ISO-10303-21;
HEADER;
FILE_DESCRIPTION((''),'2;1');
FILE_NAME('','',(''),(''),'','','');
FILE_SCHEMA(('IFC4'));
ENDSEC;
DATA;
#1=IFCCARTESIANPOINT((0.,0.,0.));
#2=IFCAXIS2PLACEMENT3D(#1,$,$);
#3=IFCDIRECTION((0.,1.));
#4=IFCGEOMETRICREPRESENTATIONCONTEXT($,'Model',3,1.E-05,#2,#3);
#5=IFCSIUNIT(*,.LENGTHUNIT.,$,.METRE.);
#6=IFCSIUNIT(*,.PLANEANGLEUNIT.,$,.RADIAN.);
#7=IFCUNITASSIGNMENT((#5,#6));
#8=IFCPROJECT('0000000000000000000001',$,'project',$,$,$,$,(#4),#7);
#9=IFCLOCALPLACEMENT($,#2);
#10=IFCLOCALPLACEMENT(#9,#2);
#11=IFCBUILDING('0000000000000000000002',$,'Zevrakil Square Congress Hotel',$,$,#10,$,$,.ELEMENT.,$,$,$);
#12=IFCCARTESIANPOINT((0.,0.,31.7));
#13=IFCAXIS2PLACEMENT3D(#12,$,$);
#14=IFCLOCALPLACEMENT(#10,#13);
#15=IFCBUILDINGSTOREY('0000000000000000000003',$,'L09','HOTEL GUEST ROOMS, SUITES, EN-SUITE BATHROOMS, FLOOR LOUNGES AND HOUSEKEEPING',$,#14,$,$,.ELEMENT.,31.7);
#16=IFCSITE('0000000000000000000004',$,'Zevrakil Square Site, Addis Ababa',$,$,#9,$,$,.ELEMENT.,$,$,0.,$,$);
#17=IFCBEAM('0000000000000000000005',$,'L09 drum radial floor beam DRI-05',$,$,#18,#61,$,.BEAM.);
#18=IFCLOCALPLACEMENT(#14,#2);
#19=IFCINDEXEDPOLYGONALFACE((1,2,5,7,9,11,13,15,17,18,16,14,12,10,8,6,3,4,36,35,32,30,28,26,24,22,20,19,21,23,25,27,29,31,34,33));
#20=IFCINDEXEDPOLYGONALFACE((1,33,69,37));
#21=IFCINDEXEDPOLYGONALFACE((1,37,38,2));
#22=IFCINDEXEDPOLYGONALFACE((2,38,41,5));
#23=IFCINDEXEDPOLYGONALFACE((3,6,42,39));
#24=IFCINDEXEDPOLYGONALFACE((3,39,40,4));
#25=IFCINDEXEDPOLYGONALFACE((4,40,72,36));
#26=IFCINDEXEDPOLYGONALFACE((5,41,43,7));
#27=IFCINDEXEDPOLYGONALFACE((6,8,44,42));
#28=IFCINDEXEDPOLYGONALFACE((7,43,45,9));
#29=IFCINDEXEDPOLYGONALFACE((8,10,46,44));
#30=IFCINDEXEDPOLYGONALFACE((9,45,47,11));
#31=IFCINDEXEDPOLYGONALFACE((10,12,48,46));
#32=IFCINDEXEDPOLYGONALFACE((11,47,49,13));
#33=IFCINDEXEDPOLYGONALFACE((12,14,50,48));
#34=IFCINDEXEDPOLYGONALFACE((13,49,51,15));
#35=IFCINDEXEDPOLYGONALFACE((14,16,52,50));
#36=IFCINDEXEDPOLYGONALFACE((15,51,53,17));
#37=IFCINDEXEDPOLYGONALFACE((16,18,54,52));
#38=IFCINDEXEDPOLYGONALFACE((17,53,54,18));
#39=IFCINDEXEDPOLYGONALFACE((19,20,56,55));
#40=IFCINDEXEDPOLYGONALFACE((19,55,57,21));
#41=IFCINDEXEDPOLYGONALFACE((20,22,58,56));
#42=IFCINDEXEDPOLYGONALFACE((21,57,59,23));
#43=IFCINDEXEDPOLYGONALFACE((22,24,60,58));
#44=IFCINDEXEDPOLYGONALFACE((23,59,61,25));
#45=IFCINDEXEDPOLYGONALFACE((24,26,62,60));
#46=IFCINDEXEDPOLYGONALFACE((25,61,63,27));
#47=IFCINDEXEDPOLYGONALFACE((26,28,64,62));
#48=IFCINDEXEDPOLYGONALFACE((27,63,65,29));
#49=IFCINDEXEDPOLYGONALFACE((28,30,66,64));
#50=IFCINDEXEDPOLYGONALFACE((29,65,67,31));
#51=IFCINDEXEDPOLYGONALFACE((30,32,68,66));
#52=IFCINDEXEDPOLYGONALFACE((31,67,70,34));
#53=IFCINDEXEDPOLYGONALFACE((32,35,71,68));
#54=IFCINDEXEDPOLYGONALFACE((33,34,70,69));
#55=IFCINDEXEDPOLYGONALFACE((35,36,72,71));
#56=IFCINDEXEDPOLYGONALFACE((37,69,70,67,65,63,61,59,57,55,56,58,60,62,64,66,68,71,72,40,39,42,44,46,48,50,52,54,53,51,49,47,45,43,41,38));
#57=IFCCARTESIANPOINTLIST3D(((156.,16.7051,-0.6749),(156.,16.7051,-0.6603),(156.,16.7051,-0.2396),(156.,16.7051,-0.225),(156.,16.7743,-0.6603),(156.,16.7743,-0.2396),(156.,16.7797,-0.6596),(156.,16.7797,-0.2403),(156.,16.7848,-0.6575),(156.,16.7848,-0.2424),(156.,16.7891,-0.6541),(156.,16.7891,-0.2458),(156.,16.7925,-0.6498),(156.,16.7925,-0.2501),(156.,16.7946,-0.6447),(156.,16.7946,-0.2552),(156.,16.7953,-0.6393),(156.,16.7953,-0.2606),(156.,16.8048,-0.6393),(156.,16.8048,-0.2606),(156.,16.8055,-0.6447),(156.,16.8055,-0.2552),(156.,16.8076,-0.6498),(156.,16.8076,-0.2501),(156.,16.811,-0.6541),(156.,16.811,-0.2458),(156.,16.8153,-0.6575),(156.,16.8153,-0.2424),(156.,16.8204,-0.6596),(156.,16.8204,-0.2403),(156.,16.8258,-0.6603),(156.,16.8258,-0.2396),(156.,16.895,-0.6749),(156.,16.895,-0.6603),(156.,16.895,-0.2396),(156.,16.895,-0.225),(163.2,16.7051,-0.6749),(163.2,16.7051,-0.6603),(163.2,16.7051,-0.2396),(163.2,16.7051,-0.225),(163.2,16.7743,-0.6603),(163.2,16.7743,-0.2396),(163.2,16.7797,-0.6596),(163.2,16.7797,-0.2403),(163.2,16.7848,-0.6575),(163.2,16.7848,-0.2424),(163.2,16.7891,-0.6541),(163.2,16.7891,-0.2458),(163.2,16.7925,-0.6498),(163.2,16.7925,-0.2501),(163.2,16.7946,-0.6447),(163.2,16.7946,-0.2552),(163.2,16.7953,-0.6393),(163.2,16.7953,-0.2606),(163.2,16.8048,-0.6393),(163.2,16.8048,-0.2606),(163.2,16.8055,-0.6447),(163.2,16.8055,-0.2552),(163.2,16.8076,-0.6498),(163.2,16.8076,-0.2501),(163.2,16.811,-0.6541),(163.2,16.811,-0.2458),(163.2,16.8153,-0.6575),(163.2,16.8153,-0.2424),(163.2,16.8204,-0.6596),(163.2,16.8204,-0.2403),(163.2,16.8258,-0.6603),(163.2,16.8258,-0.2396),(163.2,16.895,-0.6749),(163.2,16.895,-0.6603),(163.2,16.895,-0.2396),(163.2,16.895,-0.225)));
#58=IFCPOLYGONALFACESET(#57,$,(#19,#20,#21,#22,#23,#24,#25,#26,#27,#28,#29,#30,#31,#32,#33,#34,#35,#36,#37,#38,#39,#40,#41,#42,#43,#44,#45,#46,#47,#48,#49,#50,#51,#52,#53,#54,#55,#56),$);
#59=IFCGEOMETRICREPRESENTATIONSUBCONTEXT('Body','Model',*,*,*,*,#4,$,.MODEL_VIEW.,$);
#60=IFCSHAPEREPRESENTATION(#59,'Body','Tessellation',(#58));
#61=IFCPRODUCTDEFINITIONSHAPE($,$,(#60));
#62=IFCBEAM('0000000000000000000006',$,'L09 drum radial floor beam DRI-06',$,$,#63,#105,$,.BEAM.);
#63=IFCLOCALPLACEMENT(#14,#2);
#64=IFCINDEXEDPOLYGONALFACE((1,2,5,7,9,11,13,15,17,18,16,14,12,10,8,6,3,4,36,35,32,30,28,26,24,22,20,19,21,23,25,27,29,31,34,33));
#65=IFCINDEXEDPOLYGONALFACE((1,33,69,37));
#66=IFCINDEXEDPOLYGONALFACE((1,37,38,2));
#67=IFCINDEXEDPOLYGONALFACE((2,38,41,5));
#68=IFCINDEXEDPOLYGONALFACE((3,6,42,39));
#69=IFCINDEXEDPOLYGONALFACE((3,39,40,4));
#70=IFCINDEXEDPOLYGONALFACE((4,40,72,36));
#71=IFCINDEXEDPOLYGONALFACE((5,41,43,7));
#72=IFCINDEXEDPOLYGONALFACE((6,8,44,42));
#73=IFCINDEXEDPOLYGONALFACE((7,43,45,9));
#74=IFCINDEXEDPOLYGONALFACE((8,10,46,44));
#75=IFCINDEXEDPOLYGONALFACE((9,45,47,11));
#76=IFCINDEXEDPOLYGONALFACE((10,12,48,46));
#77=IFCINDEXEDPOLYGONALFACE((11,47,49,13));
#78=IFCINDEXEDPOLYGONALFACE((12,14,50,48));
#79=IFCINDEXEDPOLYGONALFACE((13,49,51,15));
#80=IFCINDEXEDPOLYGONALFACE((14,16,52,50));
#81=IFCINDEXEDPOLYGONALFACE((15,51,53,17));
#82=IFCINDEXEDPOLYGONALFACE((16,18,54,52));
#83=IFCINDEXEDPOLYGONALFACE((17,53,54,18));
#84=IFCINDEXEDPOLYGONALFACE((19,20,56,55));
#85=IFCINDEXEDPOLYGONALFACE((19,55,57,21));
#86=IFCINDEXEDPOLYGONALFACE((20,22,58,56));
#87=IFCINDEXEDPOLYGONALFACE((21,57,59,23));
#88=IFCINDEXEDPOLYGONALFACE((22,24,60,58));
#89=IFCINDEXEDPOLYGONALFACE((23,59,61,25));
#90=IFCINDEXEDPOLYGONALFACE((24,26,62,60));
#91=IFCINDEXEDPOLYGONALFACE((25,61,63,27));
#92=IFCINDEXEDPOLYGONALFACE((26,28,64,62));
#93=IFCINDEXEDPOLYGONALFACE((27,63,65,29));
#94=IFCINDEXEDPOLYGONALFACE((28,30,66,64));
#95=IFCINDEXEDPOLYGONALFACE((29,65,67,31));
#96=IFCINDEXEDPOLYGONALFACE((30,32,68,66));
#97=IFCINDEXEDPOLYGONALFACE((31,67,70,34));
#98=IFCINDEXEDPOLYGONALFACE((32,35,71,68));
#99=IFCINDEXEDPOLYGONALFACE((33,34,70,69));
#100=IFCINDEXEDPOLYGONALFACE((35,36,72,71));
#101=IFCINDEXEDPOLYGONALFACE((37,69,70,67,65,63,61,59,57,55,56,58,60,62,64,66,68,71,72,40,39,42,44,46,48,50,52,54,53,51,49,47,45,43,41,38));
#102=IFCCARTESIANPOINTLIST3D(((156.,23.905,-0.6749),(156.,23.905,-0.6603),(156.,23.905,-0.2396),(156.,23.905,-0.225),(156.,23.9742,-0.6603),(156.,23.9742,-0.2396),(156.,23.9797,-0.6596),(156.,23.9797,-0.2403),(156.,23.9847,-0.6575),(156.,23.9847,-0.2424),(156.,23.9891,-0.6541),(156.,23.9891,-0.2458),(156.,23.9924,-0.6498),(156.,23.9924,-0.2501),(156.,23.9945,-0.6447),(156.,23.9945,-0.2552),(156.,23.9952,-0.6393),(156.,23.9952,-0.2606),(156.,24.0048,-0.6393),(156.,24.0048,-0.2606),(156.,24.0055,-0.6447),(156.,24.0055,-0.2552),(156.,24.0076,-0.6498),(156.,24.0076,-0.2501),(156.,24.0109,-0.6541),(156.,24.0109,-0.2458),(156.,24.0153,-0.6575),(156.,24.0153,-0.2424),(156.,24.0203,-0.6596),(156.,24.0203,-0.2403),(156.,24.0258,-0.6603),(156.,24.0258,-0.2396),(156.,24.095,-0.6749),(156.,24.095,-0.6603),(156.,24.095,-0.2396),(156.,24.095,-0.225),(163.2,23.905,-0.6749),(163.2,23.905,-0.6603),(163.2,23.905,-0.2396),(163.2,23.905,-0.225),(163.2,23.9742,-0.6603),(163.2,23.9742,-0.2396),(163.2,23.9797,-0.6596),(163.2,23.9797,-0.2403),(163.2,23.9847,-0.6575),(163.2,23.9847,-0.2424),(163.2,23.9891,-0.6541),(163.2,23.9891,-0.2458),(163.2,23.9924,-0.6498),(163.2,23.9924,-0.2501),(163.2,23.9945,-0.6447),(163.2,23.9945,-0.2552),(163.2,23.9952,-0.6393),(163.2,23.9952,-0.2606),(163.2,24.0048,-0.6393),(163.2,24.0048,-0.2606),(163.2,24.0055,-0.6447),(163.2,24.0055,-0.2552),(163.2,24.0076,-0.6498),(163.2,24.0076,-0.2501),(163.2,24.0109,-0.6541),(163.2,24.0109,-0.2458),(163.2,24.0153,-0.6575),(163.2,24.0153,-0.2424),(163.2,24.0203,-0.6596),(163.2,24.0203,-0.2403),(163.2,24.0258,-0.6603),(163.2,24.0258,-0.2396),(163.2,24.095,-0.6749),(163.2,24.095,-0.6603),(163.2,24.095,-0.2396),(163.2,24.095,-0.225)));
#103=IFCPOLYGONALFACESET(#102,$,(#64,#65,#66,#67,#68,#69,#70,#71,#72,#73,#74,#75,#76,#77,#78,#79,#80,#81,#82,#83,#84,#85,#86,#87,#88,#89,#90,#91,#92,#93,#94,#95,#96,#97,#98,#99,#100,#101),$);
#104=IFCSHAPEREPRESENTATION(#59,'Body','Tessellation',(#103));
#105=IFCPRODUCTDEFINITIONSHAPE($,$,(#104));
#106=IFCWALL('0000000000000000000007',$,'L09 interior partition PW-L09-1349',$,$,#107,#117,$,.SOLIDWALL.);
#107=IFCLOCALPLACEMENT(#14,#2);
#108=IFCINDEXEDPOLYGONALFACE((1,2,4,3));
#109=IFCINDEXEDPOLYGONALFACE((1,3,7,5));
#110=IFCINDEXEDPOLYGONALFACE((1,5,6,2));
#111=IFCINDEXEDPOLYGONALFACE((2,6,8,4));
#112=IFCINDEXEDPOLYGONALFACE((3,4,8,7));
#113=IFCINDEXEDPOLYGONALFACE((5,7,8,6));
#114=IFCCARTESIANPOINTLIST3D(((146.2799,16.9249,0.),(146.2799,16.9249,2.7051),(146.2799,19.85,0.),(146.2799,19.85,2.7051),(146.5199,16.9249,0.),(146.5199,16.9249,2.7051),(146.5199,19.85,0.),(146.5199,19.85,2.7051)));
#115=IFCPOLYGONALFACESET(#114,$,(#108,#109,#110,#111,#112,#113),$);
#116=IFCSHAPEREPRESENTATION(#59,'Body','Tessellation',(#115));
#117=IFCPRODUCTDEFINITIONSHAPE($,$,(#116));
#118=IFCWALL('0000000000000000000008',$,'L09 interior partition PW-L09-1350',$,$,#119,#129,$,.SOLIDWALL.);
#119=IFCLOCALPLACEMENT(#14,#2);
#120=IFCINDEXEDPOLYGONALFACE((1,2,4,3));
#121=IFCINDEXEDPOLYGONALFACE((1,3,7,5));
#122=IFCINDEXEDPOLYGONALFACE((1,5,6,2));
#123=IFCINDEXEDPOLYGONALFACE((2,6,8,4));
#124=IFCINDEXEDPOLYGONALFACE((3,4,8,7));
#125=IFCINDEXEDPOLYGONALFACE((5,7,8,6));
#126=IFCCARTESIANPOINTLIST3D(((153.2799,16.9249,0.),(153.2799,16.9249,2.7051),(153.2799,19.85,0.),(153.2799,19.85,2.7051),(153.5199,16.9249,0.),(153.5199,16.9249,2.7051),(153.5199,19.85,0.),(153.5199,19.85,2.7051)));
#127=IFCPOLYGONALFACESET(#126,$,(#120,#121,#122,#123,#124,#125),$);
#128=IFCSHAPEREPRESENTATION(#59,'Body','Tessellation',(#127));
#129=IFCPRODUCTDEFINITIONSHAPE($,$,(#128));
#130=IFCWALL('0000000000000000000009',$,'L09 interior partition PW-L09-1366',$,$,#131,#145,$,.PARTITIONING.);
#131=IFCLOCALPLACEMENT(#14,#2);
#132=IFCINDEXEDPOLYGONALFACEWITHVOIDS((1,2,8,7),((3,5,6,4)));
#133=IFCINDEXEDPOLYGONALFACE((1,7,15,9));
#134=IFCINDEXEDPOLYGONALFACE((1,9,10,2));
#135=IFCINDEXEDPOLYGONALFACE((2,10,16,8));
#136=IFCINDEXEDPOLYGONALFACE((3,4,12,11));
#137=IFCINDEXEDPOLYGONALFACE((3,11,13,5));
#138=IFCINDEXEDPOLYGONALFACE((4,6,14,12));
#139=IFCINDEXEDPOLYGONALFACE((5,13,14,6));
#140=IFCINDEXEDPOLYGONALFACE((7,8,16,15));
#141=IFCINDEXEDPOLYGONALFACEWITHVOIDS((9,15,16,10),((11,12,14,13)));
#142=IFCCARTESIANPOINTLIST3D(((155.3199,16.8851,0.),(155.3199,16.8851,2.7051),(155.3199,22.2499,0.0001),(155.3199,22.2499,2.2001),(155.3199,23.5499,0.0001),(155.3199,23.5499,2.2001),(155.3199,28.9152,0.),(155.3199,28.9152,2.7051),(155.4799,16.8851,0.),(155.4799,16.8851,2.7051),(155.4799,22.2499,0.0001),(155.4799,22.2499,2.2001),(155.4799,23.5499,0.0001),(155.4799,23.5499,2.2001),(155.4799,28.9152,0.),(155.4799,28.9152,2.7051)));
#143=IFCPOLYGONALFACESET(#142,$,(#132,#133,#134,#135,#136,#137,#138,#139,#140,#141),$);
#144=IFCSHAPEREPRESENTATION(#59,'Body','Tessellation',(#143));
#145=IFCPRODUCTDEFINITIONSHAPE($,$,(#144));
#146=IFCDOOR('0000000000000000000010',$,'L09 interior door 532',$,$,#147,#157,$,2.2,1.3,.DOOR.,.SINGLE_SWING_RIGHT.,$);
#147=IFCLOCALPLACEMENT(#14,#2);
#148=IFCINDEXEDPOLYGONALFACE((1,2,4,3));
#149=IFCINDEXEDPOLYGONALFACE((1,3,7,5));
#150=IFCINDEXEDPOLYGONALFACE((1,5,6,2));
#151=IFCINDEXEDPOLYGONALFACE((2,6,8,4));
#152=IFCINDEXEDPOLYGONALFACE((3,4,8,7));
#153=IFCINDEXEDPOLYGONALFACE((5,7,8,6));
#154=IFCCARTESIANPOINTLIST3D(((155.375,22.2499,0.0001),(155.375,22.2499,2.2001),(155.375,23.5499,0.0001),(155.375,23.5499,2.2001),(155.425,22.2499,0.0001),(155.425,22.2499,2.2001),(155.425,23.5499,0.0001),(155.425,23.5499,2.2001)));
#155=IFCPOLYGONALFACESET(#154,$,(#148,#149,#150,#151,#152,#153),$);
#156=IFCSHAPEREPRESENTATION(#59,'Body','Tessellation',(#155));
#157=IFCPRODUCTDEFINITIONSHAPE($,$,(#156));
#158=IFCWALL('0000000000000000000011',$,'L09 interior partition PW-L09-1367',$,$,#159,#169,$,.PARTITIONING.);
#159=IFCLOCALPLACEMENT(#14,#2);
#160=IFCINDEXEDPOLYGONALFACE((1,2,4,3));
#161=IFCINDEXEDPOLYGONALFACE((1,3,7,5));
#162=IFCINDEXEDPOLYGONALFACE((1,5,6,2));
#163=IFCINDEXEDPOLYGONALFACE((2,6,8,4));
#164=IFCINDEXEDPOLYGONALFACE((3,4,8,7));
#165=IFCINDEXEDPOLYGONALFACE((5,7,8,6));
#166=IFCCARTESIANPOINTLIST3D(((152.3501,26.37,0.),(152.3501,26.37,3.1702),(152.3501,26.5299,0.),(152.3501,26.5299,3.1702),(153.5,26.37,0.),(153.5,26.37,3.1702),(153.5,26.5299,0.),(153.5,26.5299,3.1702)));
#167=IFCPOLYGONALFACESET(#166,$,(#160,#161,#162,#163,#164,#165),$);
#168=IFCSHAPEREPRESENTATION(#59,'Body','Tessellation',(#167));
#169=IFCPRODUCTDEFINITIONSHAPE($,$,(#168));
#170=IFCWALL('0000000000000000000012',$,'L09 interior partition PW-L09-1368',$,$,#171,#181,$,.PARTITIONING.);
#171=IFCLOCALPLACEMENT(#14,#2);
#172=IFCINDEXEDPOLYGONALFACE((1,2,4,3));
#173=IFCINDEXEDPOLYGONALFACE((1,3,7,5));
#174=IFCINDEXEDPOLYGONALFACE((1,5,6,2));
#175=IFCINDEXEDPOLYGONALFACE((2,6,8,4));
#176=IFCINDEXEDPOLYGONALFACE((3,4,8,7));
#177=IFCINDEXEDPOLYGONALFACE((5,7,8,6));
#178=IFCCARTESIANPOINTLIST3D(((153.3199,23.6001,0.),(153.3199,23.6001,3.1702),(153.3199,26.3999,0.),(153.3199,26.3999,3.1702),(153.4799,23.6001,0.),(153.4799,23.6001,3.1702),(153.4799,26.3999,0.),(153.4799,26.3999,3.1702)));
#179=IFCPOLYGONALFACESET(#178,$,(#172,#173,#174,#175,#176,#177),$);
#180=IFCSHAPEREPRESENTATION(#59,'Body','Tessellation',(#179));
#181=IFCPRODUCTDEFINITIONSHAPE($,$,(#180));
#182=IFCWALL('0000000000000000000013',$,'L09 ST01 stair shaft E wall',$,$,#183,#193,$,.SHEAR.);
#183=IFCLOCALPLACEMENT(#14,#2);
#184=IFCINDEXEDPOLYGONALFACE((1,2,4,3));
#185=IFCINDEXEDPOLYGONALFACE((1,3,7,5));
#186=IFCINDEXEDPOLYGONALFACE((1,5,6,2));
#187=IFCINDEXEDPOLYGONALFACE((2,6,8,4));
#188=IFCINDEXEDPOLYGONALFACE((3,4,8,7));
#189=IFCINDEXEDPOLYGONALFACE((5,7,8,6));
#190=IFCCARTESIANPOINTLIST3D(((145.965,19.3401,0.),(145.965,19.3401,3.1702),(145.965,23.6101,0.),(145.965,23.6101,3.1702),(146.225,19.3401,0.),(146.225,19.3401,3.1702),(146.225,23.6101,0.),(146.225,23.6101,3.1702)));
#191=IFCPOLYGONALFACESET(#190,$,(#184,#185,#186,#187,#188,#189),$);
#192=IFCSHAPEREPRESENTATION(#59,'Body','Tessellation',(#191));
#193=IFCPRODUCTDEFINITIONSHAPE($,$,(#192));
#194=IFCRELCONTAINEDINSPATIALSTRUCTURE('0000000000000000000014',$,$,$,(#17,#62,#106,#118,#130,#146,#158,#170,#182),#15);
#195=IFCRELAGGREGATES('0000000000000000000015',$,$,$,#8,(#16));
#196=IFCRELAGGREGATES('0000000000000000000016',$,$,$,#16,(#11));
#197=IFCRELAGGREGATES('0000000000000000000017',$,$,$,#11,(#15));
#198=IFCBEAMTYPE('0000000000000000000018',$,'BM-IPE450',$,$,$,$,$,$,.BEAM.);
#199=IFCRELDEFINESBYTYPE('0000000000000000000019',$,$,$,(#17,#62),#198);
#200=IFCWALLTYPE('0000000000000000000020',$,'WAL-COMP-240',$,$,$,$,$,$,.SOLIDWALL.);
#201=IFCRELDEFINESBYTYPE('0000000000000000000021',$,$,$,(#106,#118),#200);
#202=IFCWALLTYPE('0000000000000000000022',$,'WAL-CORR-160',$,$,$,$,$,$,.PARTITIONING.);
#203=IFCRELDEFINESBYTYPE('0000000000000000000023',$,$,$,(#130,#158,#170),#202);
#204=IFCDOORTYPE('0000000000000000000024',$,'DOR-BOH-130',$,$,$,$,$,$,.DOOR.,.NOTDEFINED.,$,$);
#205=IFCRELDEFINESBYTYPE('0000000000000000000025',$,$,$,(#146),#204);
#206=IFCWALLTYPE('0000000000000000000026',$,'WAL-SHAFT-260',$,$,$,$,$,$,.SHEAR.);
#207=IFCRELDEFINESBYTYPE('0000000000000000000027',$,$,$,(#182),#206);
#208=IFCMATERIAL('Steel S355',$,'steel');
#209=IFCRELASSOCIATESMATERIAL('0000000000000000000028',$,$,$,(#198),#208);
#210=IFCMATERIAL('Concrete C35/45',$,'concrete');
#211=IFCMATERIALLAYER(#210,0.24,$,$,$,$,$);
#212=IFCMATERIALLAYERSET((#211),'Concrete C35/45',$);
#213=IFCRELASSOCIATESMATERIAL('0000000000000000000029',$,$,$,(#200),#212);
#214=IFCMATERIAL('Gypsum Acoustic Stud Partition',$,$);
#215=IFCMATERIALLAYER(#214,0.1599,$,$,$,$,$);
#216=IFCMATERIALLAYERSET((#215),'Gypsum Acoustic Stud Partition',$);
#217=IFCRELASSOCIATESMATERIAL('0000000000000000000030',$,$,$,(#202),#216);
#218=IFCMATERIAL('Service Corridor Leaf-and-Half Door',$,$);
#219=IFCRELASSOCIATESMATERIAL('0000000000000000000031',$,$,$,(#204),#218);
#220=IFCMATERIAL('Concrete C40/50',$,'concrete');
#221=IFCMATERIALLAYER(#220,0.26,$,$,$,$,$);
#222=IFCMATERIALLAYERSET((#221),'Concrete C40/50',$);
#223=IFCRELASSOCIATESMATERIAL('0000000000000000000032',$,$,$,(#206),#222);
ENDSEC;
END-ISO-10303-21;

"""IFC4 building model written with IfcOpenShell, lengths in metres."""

from ifc_helpers import new_model, si_unit, direction, frame, frame_2d, origin, origin_2d, place, context, subcontext, project, spatial, rectangle, i_section, extrude, material, layer, layer_set, material_profile, profile_set, type_object, element, fill, save


model = new_model("IFC4")

# Units and contexts
model_context = context("Model", 3, precision=1e-05, world=origin(), true_north=direction((0.0, 1.0)))
body_context = subcontext(model_context, "Body", "Model", "MODEL_VIEW")
ifc_project = project(units=[si_unit("LENGTHUNIT", "METRE"), si_unit("PLANEANGLEUNIT", "RADIAN")], contexts=[model_context])

# Site, building, storey
site_placement = place(None, origin())
site = spatial("IfcSite", under=ifc_project, at=site_placement, Name="Zevrakil Square Site, Addis Ababa", CompositionType="ELEMENT", RefElevation=0.0)
building_placement = place(site_placement, origin())
building = spatial("IfcBuilding", under=site, at=building_placement, Name="Zevrakil Square Congress Hotel", CompositionType="ELEMENT")
storey_placement = place(building_placement, frame((0.0, 0.0, 31.7)))
storey = spatial("IfcBuildingStorey", under=building, at=storey_placement, Name="L09", Description="HOTEL GUEST ROOMS, SUITES, EN-SUITE BATHROOMS, FLOOR LOUNGES AND HOUSEKEEPING", CompositionType="ELEMENT", Elevation=31.7)

# Beams
ifc_material_1 = material(Name="Steel S355", Category="steel")
ifc_material_profile_1 = material_profile(ifc_material_1, i_section(OverallWidth=0.1899, OverallDepth=0.45, WebThickness=0.0095, FlangeThickness=0.0146, FilletRadius=0.021, at=origin_2d()), Name="IPE 450")
ifc_profile_set_1 = profile_set([ifc_material_profile_1], Name="Steel S355")
beam_type = type_object("IfcBeamType", Name="BM-IPE450", PredefinedType="BEAM", material=ifc_profile_set_1)
for number, where, z_axis, x_axis, name in (
    (1, (156.0, 16.8, -0.45), (1.0, 0.0, 0.0), (0.0, 1.0, 0.0), "L09 drum radial floor beam DRI-05"),
    (2, (156.0, 24.0, -0.45), (1.0, 0.0, 0.0), (0.0, 1.0, 0.0), "L09 drum radial floor beam DRI-06"),
):
    element("IfcBeam", number, at=place(storey_placement, frame(where, z_axis=z_axis, x_axis=x_axis)), inside=storey, type_object=beam_type, Name=name, PredefinedType="BEAM", context=body_context, shape_type="SweptSolid", body=[
        extrude(i_section(OverallWidth=0.1899, OverallDepth=0.45, WebThickness=0.0095, FlangeThickness=0.0146, FilletRadius=0.021, at=origin_2d()), origin(), (0.0, 0.0, 1.0), 7.2),
    ])

# Walls
ifc_material_2 = material(Name="Concrete C35/45", Category="concrete")
ifc_layer_1 = layer(ifc_material_2, 0.24)
ifc_layer_set_1 = layer_set([ifc_layer_1], Name="Concrete C35/45")
wall_type_1 = type_object("IfcWallType", Name="WAL-COMP-240", PredefinedType="SOLIDWALL", material=ifc_layer_set_1)
for number, where, z_axis, x_axis, name in (
    (3, (146.3999, 16.925, 0.0), (0.0, 0.0, 1.0), (0.0, 1.0, 0.0), "L09 interior partition PW-L09-1349"),
    (4, (153.3999, 16.925, 0.0), (0.0, 0.0, 1.0), (0.0, 1.0, 0.0), "L09 interior partition PW-L09-1350"),
):
    element("IfcWall", number, at=place(storey_placement, frame(where, z_axis=z_axis, x_axis=x_axis)), inside=storey, type_object=wall_type_1, Name=name, PredefinedType="SOLIDWALL", context=body_context, shape_type="SweptSolid", body=[
        extrude(rectangle(XDim=2.925, YDim=0.24, at=frame_2d((1.4624, 0.0))), origin(), (0.0, 0.0, 1.0), 2.7051),
    ])

# Wall, opening, door
ifc_material_3 = material(Name="Gypsum Acoustic Stud Partition")
ifc_layer_2 = layer(ifc_material_3, 0.1599)
ifc_layer_set_2 = layer_set([ifc_layer_2], Name="Gypsum Acoustic Stud Partition")
wall_type_2 = type_object("IfcWallType", Name="WAL-CORR-160", PredefinedType="PARTITIONING", material=ifc_layer_set_2)
wall_1_placement = place(storey_placement, frame((155.3999, 16.885, 0.0), z_axis=(0.0, 0.0, 1.0), x_axis=(0.0, 1.0, 0.0)))
wall_1 = element("IfcWall", 5, at=wall_1_placement, inside=storey, type_object=wall_type_2, Name="L09 interior partition PW-L09-1366", PredefinedType="PARTITIONING", context=body_context, shape_type="SweptSolid", body=[
    extrude(rectangle(XDim=12.03, YDim=0.1599, at=frame_2d((6.0151, 0.0))), origin(), (0.0, 0.0, 1.0), 2.7051),
])
opening_1_placement = place(wall_1_placement, frame((5.365, 0.0, 0.0)))
opening_1 = element("IfcOpeningElement", 6, at=opening_1_placement, cuts=wall_1, PredefinedType="OPENING", context=body_context, shape_type="SweptSolid", body=[
    extrude(rectangle(XDim=1.3, YDim=2.2, at=frame_2d((0.6499, 1.1001))), frame((0.0, 0.0898, 0.0), z_axis=(0.0, -1.0, 0.0), x_axis=(1.0, 0.0, 0.0)), (0.0, 0.0, 1.0), 0.1799),
])
ifc_material_4 = material(Name="Service Corridor Leaf-and-Half Door")
door_type_1 = type_object("IfcDoorType", Name="DOR-BOH-130", OperationType="NOTDEFINED", PredefinedType="DOOR", material=ifc_material_4)
door_1_placement = place(opening_1_placement, origin())
door_1 = element("IfcDoor", 7, at=door_1_placement, inside=storey, type_object=door_type_1, Name="L09 interior door 532", OperationType="SINGLE_SWING_RIGHT", OverallHeight=2.2, OverallWidth=1.3, PredefinedType="DOOR", context=body_context, shape_type="SweptSolid", body=[
    extrude(rectangle(XDim=1.3, YDim=2.2, at=frame_2d((0.6499, 1.1001))), frame((0.0, 0.0249, 0.0), z_axis=(0.0, -1.0, 0.0), x_axis=(1.0, 0.0, 0.0)), (0.0, 0.0, 1.0), 0.05),
])
fill(opening_1, door_1)

# Walls
wall_2_placement = place(storey_placement, frame((152.3501, 26.45, 0.0), z_axis=(0.0, 0.0, 1.0), x_axis=(1.0, 0.0, 0.0)))
element("IfcWall", 8, at=wall_2_placement, inside=storey, type_object=wall_type_2, Name="L09 interior partition PW-L09-1367", PredefinedType="PARTITIONING", context=body_context, shape_type="SweptSolid", body=[
    extrude(rectangle(XDim=1.1499, YDim=0.1599, at=frame_2d((0.575, 0.0))), origin(), (0.0, 0.0, 1.0), 3.1702),
])
wall_3_placement = place(storey_placement, frame((153.3999, 23.6001, 0.0), z_axis=(0.0, 0.0, 1.0), x_axis=(0.0, 1.0, 0.0)))
element("IfcWall", 9, at=wall_3_placement, inside=storey, type_object=wall_type_2, Name="L09 interior partition PW-L09-1368", PredefinedType="PARTITIONING", context=body_context, shape_type="SweptSolid", body=[
    extrude(rectangle(XDim=2.7998, YDim=0.1599, at=frame_2d((1.3999, 0.0))), origin(), (0.0, 0.0, 1.0), 3.1702),
])
ifc_material_5 = material(Name="Concrete C40/50", Category="concrete")
ifc_layer_3 = layer(ifc_material_5, 0.26)
ifc_layer_set_3 = layer_set([ifc_layer_3], Name="Concrete C40/50")
wall_type_3 = type_object("IfcWallType", Name="WAL-SHAFT-260", PredefinedType="SHEAR", material=ifc_layer_set_3)
wall_4_placement = place(storey_placement, frame((146.095, 19.3401, 0.0), z_axis=(0.0, 0.0, 1.0), x_axis=(0.0, 1.0, 0.0)))
element("IfcWall", 10, at=wall_4_placement, inside=storey, type_object=wall_type_3, Name="L09 ST01 stair shaft E wall", PredefinedType="SHEAR", context=body_context, shape_type="SweptSolid", body=[
    extrude(rectangle(XDim=4.27, YDim=0.26, at=frame_2d((2.135, 0.0))), origin(), (0.0, 0.0, 1.0), 3.1702),
])

save(model, "model.ifc")
